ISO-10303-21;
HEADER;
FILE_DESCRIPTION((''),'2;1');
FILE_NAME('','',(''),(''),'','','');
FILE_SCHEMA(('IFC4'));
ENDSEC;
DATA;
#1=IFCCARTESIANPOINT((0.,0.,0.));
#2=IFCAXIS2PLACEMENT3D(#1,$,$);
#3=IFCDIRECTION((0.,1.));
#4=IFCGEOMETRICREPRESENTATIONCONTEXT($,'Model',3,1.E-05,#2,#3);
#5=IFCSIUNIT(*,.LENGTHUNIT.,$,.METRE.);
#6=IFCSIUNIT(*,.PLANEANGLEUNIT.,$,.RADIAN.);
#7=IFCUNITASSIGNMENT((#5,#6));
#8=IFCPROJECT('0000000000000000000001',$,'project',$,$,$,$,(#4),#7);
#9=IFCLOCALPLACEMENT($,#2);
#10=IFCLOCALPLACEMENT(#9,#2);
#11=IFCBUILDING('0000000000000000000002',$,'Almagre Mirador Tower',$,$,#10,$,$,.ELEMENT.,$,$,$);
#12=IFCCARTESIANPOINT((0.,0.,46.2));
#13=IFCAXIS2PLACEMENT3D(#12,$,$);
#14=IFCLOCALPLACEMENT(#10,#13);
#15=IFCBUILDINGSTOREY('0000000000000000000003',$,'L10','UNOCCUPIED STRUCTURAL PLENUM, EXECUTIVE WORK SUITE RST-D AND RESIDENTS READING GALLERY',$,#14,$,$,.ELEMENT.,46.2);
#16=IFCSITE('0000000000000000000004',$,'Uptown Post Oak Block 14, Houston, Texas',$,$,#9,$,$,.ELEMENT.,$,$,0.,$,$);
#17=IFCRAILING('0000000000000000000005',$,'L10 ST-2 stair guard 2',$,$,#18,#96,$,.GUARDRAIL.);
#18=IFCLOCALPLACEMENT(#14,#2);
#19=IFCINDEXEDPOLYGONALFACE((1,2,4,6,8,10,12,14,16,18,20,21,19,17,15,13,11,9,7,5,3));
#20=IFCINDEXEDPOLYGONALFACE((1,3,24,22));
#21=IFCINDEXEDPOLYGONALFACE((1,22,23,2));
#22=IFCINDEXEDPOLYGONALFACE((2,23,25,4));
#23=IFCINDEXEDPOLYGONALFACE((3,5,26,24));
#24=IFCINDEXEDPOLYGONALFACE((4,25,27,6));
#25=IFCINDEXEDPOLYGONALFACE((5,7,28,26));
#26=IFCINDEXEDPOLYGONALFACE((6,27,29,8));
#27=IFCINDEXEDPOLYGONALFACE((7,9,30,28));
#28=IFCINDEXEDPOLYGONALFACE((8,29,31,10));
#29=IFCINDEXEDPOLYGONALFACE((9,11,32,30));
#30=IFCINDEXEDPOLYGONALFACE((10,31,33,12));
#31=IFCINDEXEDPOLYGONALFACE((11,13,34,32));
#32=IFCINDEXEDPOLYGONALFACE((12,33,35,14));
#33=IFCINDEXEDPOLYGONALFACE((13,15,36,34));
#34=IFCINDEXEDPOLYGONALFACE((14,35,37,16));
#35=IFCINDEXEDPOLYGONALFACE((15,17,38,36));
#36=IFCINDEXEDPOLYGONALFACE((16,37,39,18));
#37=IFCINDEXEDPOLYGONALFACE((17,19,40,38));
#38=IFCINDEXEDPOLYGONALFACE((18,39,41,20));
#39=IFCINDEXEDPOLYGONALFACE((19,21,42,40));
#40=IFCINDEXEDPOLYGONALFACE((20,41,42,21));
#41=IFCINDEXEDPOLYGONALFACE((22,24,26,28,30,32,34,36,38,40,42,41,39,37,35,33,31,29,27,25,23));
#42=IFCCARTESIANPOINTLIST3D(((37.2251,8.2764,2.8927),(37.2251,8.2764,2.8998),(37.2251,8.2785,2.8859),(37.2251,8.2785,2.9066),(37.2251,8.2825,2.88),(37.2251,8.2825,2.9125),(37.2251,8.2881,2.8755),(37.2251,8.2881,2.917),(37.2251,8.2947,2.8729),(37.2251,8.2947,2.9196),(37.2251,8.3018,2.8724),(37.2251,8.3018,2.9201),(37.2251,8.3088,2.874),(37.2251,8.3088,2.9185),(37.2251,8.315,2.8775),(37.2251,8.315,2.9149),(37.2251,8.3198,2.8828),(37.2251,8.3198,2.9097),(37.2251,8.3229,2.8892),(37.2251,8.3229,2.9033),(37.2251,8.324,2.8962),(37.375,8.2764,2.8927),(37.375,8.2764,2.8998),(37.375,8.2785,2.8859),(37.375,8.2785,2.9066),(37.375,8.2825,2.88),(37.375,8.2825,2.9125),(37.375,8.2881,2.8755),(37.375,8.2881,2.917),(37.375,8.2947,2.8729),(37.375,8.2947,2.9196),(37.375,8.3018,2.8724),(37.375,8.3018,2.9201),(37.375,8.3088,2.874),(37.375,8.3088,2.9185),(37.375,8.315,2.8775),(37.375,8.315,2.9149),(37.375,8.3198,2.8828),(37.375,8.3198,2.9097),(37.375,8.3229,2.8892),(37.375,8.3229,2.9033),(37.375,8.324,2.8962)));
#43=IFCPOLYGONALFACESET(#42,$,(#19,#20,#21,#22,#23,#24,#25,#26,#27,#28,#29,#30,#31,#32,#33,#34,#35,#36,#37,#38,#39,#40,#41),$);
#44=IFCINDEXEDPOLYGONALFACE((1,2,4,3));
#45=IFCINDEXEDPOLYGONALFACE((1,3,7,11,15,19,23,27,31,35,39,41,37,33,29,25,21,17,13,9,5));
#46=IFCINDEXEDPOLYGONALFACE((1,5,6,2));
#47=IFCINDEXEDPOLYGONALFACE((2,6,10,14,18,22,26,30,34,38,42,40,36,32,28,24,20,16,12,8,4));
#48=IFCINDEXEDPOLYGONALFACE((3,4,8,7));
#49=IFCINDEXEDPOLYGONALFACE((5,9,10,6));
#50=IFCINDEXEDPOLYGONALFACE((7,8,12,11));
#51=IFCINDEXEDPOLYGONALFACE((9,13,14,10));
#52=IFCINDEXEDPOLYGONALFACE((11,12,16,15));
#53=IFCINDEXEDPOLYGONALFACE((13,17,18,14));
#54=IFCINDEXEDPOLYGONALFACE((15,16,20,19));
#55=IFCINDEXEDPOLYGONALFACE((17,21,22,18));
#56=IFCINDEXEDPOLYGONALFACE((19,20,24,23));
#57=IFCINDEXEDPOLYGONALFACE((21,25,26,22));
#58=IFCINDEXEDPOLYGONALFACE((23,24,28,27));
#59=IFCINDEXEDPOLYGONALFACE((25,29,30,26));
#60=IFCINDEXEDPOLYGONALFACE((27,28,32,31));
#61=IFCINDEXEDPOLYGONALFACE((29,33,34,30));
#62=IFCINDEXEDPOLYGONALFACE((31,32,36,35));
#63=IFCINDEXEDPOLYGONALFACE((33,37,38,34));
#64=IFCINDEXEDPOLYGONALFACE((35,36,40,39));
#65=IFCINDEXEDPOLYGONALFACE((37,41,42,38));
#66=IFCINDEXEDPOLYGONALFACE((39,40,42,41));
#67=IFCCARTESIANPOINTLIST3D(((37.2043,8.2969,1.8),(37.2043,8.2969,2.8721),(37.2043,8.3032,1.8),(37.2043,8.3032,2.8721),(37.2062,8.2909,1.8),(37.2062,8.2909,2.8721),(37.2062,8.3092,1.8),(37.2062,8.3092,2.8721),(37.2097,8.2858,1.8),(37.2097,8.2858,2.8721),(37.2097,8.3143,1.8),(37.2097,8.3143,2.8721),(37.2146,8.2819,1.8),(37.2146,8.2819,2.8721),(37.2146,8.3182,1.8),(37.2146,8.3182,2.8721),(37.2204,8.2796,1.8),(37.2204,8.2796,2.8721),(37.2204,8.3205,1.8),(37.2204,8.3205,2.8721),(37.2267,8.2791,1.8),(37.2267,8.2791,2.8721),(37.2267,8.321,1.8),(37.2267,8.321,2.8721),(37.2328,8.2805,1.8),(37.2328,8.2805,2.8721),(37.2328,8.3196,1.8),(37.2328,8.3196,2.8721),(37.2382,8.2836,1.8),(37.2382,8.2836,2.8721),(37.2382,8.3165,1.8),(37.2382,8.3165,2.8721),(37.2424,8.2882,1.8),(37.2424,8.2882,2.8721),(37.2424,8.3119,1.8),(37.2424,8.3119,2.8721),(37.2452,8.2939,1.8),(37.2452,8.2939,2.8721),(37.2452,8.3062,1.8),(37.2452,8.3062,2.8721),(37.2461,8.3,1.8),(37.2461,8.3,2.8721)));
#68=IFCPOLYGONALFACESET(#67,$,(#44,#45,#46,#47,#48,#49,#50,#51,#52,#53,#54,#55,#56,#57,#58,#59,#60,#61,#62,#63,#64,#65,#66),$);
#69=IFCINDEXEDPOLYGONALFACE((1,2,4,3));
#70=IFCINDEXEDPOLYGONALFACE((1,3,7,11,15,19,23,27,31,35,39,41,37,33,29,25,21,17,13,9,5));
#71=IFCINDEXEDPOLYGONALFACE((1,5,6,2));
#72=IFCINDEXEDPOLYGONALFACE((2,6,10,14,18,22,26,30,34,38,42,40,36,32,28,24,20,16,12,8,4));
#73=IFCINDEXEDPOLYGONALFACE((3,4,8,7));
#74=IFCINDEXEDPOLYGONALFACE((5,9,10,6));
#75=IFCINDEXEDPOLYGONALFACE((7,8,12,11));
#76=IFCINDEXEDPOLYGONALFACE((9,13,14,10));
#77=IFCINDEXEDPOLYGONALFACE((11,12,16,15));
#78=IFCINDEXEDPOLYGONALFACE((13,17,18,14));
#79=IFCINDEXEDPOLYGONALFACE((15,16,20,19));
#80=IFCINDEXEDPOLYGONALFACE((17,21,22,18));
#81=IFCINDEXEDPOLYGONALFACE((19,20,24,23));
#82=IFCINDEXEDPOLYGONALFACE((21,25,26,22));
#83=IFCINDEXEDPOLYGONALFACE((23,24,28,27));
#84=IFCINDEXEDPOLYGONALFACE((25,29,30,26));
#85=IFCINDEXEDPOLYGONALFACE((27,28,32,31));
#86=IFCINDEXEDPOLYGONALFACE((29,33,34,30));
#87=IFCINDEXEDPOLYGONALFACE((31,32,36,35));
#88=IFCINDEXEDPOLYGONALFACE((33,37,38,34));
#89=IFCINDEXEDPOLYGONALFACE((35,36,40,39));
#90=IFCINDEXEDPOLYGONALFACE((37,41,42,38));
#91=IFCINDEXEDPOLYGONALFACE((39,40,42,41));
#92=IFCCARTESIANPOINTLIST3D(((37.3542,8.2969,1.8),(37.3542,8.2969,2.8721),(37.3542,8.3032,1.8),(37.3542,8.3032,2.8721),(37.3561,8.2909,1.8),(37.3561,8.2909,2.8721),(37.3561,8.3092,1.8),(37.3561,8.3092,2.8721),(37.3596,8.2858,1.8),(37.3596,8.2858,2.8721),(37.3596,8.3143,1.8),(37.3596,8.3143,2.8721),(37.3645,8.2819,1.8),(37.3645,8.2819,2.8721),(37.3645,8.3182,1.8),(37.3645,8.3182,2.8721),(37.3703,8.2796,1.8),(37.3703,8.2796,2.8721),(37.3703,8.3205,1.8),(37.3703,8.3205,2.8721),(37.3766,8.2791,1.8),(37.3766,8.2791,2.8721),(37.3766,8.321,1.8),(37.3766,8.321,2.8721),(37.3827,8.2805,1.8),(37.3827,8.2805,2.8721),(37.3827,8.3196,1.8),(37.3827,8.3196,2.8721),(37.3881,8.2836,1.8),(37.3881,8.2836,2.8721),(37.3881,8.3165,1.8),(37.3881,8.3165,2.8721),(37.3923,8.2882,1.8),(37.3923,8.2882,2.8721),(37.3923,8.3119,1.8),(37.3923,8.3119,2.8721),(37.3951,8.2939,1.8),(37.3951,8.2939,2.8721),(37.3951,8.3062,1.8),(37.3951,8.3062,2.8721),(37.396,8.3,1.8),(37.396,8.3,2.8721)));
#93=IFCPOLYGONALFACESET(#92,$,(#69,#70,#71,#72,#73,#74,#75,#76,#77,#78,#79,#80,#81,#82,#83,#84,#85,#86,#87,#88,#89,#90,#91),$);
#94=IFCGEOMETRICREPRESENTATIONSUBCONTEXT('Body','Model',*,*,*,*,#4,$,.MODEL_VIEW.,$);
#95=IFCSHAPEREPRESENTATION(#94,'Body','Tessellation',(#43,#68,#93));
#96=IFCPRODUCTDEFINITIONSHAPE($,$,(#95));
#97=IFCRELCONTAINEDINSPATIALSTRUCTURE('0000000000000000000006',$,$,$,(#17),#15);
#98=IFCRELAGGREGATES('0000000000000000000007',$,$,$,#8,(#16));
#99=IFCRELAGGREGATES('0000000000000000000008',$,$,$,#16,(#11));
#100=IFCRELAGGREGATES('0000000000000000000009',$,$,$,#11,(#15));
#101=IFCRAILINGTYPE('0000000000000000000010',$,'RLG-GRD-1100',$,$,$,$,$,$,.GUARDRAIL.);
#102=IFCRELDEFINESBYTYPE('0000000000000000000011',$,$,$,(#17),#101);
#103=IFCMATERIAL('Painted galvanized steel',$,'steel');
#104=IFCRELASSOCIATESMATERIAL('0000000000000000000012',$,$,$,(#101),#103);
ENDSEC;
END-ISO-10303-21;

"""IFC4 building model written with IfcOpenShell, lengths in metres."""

from ifc_helpers import new_model, si_unit, direction, frame, origin, origin_2d, place, context, subcontext, project, spatial, circle, extrude, material, type_object, element, save


model = new_model("IFC4")

# Units and contexts
model_context = context("Model", 3, precision=1e-05, world=origin(), true_north=direction((0.0, 1.0)))
body_context = subcontext(model_context, "Body", "Model", "MODEL_VIEW")
ifc_project = project(units=[si_unit("LENGTHUNIT", "METRE"), si_unit("PLANEANGLEUNIT", "RADIAN")], contexts=[model_context])

# Site, building, storey
site_placement = place(None, origin())
site = spatial("IfcSite", under=ifc_project, at=site_placement, Name="Uptown Post Oak Block 14, Houston, Texas", CompositionType="ELEMENT", RefElevation=0.0)
building_placement = place(site_placement, origin())
building = spatial("IfcBuilding", under=site, at=building_placement, Name="Almagre Mirador Tower", CompositionType="ELEMENT")
storey_placement = place(building_placement, frame((0.0, 0.0, 46.2)))
storey = spatial("IfcBuildingStorey", under=building, at=storey_placement, Name="L10", Description="UNOCCUPIED STRUCTURAL PLENUM, EXECUTIVE WORK SUITE RST-D AND RESIDENTS READING GALLERY", CompositionType="ELEMENT", Elevation=46.2)

# Railing
ifc_material_1 = material(Name="Painted galvanized steel", Category="steel")
railing_type_1 = type_object("IfcRailingType", Name="RLG-GRD-1100", PredefinedType="GUARDRAIL", material=ifc_material_1)
railing_1_placement = place(storey_placement, frame((37.2251, 8.3, 1.8)))
element("IfcRailing", 1, at=railing_1_placement, inside=storey, type_object=railing_type_1, Name="L10 ST-2 stair guard 2", PredefinedType="GUARDRAIL", context=body_context, shape_type="SweptSolid", body=[
    extrude(circle(Radius=0.0239, at=origin_2d()), frame((0.0, 0.0, 1.0962), z_axis=(1.0, 0.0, 0.0), x_axis=(0.0, 1.0, 0.0)), (0.0, 0.0, 1.0), 0.1499),
    extrude(circle(Radius=0.021, at=origin_2d()), origin(), (0.0, 0.0, 1.0), 1.072),
    extrude(circle(Radius=0.021, at=origin_2d()), frame((0.1499, 0.0, 0.0)), (0.0, 0.0, 1.0), 1.072),
])

save(model, "model.ifc")
